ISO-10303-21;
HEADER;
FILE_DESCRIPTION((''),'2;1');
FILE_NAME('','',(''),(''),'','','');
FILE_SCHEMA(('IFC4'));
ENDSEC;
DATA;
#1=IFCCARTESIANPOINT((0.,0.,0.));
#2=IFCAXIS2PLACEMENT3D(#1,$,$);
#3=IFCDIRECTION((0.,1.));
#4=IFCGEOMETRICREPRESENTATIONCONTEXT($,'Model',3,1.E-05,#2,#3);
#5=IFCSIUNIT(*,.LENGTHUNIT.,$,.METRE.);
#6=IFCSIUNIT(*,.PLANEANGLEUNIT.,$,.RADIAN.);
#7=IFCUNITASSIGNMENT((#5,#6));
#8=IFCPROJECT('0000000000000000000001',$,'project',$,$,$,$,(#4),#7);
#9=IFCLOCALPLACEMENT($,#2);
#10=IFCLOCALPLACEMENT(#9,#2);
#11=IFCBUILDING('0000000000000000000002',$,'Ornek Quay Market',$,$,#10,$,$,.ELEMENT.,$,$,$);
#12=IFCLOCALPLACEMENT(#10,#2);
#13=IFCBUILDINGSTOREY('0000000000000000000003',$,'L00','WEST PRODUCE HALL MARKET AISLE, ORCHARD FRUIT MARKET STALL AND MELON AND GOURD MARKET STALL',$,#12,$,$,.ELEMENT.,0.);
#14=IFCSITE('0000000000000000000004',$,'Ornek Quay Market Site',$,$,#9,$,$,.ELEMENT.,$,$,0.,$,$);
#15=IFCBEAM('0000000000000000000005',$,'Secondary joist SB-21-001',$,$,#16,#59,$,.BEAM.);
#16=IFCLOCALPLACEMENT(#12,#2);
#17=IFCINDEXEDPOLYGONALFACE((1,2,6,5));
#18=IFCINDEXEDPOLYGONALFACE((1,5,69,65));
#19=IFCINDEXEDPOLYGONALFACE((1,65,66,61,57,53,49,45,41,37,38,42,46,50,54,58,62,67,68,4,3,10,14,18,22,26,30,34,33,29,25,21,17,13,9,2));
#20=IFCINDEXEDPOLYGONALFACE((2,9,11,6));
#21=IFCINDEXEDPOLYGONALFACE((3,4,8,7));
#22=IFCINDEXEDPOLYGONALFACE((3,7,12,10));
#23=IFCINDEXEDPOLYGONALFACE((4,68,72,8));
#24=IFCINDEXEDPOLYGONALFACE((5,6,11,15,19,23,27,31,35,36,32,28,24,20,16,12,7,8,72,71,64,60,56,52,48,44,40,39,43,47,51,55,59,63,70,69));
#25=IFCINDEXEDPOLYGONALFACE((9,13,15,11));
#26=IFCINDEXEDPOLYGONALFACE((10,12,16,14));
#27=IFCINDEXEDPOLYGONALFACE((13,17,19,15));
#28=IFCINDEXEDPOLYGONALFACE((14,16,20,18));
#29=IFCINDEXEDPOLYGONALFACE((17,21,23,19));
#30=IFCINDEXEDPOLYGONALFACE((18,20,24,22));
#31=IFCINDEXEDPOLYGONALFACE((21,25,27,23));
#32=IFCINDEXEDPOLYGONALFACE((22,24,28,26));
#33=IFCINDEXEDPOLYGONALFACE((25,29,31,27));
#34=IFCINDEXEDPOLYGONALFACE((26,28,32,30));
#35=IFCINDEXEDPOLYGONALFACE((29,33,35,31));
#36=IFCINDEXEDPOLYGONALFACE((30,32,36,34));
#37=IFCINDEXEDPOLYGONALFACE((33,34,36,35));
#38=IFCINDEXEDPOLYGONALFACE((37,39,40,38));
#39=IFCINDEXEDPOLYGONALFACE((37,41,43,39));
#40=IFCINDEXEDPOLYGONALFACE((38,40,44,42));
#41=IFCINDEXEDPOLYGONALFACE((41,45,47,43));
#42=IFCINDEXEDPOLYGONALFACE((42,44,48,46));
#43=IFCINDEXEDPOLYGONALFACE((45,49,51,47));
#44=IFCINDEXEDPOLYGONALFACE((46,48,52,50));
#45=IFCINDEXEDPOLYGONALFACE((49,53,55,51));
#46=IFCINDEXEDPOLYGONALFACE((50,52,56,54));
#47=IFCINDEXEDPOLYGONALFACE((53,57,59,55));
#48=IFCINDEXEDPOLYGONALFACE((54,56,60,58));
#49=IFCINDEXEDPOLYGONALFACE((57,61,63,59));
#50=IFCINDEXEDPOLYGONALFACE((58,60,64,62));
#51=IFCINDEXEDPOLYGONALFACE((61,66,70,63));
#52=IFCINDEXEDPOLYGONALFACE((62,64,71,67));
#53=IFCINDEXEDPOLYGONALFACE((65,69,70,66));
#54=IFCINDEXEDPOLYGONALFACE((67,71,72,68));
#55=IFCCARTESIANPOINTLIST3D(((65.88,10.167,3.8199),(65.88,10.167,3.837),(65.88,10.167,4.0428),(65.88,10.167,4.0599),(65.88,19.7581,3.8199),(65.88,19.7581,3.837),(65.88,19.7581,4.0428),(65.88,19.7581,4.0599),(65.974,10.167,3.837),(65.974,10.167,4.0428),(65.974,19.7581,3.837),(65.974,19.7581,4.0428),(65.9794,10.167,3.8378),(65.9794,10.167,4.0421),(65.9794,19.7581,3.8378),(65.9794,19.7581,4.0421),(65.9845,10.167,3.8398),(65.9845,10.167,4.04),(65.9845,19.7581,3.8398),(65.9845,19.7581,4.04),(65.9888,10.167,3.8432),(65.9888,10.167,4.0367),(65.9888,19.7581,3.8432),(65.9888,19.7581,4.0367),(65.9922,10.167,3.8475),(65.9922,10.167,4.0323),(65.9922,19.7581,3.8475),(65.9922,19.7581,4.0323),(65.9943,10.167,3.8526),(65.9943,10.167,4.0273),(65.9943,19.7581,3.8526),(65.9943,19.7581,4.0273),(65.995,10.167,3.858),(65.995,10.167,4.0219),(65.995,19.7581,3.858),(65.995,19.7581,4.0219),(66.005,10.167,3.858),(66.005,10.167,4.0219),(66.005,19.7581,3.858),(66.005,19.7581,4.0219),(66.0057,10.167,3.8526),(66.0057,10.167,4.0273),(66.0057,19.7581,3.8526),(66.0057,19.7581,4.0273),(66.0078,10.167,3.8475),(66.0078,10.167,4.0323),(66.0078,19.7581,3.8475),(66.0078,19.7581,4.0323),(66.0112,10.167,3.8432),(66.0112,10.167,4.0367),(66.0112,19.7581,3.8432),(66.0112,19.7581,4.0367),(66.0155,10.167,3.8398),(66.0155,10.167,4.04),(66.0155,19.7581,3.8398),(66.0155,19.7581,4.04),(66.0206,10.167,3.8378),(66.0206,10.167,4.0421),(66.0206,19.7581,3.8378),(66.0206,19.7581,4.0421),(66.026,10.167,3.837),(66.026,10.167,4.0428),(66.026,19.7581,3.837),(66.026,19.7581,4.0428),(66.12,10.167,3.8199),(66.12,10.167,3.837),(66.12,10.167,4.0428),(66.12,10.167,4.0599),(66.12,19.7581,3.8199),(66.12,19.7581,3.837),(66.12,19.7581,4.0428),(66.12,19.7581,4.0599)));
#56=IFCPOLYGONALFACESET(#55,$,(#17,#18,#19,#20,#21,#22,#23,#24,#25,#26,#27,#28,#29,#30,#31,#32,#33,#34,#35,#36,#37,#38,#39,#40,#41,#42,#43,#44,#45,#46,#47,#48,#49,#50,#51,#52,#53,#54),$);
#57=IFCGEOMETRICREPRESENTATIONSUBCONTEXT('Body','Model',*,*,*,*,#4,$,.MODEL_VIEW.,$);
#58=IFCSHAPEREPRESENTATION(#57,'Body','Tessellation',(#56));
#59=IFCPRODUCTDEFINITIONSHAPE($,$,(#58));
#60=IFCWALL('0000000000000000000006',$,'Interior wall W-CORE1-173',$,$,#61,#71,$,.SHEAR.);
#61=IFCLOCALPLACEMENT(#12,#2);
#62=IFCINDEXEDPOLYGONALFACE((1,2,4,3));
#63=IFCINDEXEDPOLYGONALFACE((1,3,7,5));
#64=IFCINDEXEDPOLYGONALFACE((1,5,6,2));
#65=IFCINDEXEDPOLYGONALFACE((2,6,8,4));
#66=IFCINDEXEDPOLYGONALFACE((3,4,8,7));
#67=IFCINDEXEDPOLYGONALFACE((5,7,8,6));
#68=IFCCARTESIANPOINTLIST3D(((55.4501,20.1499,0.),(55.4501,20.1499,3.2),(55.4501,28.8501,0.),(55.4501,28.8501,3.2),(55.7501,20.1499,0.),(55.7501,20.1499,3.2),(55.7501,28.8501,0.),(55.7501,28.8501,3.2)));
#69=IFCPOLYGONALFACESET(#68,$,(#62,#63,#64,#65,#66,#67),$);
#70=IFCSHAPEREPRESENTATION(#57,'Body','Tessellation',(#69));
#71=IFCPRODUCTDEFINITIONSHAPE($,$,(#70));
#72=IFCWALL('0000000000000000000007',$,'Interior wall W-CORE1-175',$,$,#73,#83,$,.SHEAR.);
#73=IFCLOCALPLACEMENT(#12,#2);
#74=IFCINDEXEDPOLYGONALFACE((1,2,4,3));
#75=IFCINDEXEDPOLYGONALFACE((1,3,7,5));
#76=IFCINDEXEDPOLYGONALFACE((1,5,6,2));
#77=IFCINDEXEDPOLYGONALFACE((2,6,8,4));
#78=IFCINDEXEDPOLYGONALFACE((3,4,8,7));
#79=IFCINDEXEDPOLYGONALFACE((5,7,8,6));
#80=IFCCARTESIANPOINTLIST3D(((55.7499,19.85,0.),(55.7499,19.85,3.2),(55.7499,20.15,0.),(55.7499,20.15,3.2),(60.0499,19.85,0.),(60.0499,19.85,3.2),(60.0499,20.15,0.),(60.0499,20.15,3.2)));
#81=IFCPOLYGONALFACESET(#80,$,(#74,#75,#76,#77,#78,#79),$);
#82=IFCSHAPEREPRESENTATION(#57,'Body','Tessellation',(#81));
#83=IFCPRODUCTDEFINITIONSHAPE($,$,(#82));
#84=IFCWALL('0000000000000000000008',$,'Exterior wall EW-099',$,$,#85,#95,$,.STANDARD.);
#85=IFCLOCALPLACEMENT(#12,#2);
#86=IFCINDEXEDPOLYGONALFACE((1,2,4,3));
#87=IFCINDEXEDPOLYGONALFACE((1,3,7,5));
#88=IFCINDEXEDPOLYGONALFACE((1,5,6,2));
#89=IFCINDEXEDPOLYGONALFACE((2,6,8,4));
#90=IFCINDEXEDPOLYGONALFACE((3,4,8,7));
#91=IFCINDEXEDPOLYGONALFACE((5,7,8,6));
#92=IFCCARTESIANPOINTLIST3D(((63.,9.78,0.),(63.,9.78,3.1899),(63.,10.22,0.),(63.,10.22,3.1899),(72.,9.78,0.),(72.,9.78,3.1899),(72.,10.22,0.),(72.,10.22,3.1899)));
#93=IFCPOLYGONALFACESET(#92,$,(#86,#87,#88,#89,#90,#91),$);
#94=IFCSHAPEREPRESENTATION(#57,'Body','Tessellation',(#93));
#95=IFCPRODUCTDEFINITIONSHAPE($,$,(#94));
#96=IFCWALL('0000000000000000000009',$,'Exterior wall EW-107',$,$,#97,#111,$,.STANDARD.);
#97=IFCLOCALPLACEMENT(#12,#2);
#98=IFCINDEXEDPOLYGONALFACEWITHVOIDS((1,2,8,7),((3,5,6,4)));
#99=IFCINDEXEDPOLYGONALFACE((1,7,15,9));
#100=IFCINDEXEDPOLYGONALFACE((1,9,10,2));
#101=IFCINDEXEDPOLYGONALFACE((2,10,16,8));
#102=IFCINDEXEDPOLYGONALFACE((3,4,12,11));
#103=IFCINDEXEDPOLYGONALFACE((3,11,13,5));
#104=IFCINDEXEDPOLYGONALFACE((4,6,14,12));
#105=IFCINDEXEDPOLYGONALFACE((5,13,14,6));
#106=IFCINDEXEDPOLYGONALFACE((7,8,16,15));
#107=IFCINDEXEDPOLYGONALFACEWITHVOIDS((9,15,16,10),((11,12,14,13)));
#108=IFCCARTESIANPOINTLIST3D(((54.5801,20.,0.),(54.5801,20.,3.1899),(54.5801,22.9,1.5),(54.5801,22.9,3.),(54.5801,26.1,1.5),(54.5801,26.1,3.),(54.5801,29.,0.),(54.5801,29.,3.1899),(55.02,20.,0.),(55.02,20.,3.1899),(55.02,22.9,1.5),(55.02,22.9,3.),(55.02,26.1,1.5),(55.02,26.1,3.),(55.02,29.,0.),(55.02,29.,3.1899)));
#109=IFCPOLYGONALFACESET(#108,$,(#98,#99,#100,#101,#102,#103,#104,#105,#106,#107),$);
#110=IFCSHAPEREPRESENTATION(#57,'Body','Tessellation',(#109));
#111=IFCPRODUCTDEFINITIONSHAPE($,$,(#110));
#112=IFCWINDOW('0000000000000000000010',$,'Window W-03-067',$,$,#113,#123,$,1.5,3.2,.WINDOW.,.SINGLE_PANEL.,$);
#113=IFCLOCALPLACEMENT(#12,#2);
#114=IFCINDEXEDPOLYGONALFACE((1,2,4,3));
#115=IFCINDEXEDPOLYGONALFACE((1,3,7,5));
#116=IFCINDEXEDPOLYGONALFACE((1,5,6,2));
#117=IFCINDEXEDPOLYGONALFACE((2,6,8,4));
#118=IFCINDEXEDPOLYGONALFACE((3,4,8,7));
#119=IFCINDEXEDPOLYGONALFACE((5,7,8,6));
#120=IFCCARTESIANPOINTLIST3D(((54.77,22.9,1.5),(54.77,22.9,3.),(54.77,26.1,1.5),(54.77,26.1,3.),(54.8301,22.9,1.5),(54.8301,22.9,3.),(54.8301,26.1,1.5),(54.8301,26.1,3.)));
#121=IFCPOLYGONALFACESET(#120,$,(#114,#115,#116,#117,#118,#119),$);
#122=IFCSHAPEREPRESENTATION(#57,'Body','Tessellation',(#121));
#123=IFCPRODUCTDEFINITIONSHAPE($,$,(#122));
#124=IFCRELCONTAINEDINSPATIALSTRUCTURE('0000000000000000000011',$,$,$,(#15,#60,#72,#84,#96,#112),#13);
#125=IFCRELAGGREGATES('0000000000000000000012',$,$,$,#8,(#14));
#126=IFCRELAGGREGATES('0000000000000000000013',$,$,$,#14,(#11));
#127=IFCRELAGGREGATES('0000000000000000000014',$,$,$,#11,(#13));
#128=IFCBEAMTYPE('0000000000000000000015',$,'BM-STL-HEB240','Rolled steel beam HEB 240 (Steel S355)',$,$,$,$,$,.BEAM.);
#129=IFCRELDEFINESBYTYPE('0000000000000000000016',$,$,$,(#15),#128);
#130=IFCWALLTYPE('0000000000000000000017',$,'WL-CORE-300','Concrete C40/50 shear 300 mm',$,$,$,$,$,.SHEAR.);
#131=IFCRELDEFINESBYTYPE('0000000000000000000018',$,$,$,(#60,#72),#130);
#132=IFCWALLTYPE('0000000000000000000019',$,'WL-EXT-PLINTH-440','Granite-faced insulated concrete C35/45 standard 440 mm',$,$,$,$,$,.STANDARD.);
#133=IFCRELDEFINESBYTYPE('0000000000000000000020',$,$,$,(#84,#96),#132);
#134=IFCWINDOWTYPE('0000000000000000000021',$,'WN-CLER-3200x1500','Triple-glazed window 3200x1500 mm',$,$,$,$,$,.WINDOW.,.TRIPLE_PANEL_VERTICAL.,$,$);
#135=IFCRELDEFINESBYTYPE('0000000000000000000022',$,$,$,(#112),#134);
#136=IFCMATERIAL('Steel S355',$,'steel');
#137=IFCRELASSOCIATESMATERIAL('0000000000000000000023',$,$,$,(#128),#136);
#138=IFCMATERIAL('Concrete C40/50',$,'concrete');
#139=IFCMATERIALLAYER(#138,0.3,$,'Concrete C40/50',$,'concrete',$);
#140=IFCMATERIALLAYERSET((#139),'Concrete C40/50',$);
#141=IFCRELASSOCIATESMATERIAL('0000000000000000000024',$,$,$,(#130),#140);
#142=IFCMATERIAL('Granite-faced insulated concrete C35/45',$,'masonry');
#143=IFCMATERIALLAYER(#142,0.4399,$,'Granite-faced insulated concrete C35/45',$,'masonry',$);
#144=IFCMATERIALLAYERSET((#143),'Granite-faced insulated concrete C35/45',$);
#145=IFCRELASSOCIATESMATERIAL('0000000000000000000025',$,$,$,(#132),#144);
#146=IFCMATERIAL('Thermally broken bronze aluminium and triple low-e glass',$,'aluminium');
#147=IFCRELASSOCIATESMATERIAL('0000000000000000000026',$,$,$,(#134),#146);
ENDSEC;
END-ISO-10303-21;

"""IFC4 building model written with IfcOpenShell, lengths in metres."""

from ifc_helpers import new_model, si_unit, direction, frame, frame_2d, origin, origin_2d, place, context, subcontext, project, spatial, rectangle, i_section, extrude, material, layer, layer_set, material_profile, profile_set, type_object, element, fill, save


model = new_model("IFC4")

# Units and contexts
model_context = context("Model", 3, precision=1e-05, world=origin(), true_north=direction((0.0, 1.0)))
body_context = subcontext(model_context, "Body", "Model", "MODEL_VIEW")
ifc_project = project(units=[si_unit("LENGTHUNIT", "METRE"), si_unit("PLANEANGLEUNIT", "RADIAN")], contexts=[model_context])

# Site, building, storey
site_placement = place(None, origin())
site = spatial("IfcSite", under=ifc_project, at=site_placement, Name="Ornek Quay Market Site", CompositionType="ELEMENT", RefElevation=0.0)
building_placement = place(site_placement, origin())
building = spatial("IfcBuilding", under=site, at=building_placement, Name="Ornek Quay Market", CompositionType="ELEMENT")
storey_placement = place(building_placement, origin())
storey = spatial("IfcBuildingStorey", under=building, at=storey_placement, Name="L00", Description="WEST PRODUCE HALL MARKET AISLE, ORCHARD FRUIT MARKET STALL AND MELON AND GOURD MARKET STALL", CompositionType="ELEMENT", Elevation=0.0)

# Shared definitions
ifc_material_1 = material(Name="Concrete C40/50", Category="concrete")

# Beam
ifc_material_2 = material(Name="Steel S355", Category="steel")
ifc_material_profile_1 = material_profile(ifc_material_2, i_section(OverallWidth=0.24, OverallDepth=0.24, WebThickness=0.01, FlangeThickness=0.0171, FilletRadius=0.021, at=origin_2d()), Name="HEB 240", Category="steel")
ifc_profile_set_1 = profile_set([ifc_material_profile_1], Name="Steel S355")
beam_type_1 = type_object("IfcBeamType", Name="BM-STL-HEB240", Description="Rolled steel beam HEB 240 (Steel S355)", PredefinedType="BEAM", material=ifc_profile_set_1)
beam_1_placement = place(storey_placement, frame((66.0, 10.167, 3.9399), z_axis=(0.0, 1.0, 0.0), x_axis=(-1.0, 0.0, 0.0)))
element("IfcBeam", 1, at=beam_1_placement, inside=storey, type_object=beam_type_1, Name="Secondary joist SB-21-001", PredefinedType="BEAM", context=body_context, shape_type="SweptSolid", body=[
    extrude(i_section(OverallWidth=0.24, OverallDepth=0.24, WebThickness=0.01, FlangeThickness=0.0171, FilletRadius=0.021, at=origin_2d()), origin(), (0.0, 0.0, 1.0), 9.5911),
])

# Wall
ifc_layer_1 = layer(ifc_material_1, 0.3, Name="Concrete C40/50", Category="concrete")
ifc_layer_set_1 = layer_set([ifc_layer_1], Name="Concrete C40/50")
wall_type_1 = type_object("IfcWallType", Name="WL-CORE-300", Description="Concrete C40/50 shear 300 mm", PredefinedType="SHEAR", material=ifc_layer_set_1)
wall_1_placement = place(storey_placement, frame((55.6001, 20.1499, 0.0), z_axis=(0.0, 0.0, 1.0), x_axis=(0.0, 1.0, 0.0)))
element("IfcWall", 2, at=wall_1_placement, inside=storey, type_object=wall_type_1, Name="Interior wall W-CORE1-173", PredefinedType="SHEAR", context=body_context, shape_type="SweptSolid", body=[
    extrude(rectangle(XDim=8.7002, YDim=0.3, at=frame_2d((4.3501, 0.0))), origin(), (0.0, 0.0, 1.0), 3.2),
])

# Walls
wall_2_placement = place(storey_placement, frame((55.75, 20.0, 0.0), z_axis=(0.0, 0.0, 1.0), x_axis=(1.0, 0.0, 0.0)))
element("IfcWall", 3, at=wall_2_placement, inside=storey, type_object=wall_type_1, Name="Interior wall W-CORE1-175", PredefinedType="SHEAR", context=body_context, shape_type="SweptSolid", body=[
    extrude(rectangle(XDim=4.3, YDim=0.3, at=frame_2d((2.1499, 0.0))), origin(), (0.0, 0.0, 1.0), 3.2),
])
ifc_material_3 = material(Name="Granite-faced insulated concrete C35/45", Category="masonry")
ifc_layer_2 = layer(ifc_material_3, 0.4399, Name="Granite-faced insulated concrete C35/45", Category="masonry")
ifc_layer_set_2 = layer_set([ifc_layer_2], Name="Granite-faced insulated concrete C35/45")
wall_type_2 = type_object("IfcWallType", Name="WL-EXT-PLINTH-440", Description="Granite-faced insulated concrete C35/45 standard 440 mm", PredefinedType="STANDARD", material=ifc_layer_set_2)
wall_3_placement = place(storey_placement, frame((63.0, 10.0, 0.0), z_axis=(0.0, 0.0, 1.0), x_axis=(1.0, 0.0, 0.0)))
element("IfcWall", 4, at=wall_3_placement, inside=storey, type_object=wall_type_2, Name="Exterior wall EW-099", PredefinedType="STANDARD", context=body_context, shape_type="SweptSolid", body=[
    extrude(rectangle(XDim=9.0, YDim=0.4399, at=frame_2d((4.5, 0.0))), origin(), (0.0, 0.0, 1.0), 3.1899),
])

# Wall, opening, window
wall_4_placement = place(storey_placement, frame((54.8, 20.0, 0.0), z_axis=(0.0, 0.0, 1.0), x_axis=(0.0, 1.0, 0.0)))
wall_4 = element("IfcWall", 5, at=wall_4_placement, inside=storey, type_object=wall_type_2, Name="Exterior wall EW-107", PredefinedType="STANDARD", context=body_context, shape_type="SweptSolid", body=[
    extrude(rectangle(XDim=9.0, YDim=0.4399, at=frame_2d((4.5, 0.0))), origin(), (0.0, 0.0, 1.0), 3.1899),
])
opening_1_placement = place(wall_4_placement, frame((2.8999, 0.0, 1.5)))
opening_1 = element("IfcOpeningElement", 6, at=opening_1_placement, cuts=wall_4, PredefinedType="OPENING", context=body_context, shape_type="SweptSolid", body=[
    extrude(rectangle(XDim=3.2, YDim=1.5, at=frame_2d((1.6001, 0.75))), frame((0.0, 0.23, 0.0), z_axis=(0.0, -1.0, 0.0), x_axis=(1.0, 0.0, 0.0)), (0.0, 0.0, 1.0), 0.46),
])
ifc_material_4 = material(Name="Thermally broken bronze aluminium and triple low-e glass", Category="aluminium")
window_type = type_object("IfcWindowType", Name="WN-CLER-3200x1500", Description="Triple-glazed window 3200x1500 mm", PartitioningType="TRIPLE_PANEL_VERTICAL", PredefinedType="WINDOW", material=ifc_material_4)
window_placement = place(opening_1_placement, origin())
window = element("IfcWindow", 7, at=window_placement, inside=storey, type_object=window_type, Name="Window W-03-067", OverallHeight=1.5, OverallWidth=3.2, PartitioningType="SINGLE_PANEL", PredefinedType="WINDOW", context=body_context, shape_type="SweptSolid", body=[
    extrude(rectangle(XDim=3.2, YDim=1.5, at=frame_2d((1.6001, 0.75))), frame((0.0, 0.03, 0.0), z_axis=(0.0, -1.0, 0.0), x_axis=(1.0, 0.0, 0.0)), (0.0, 0.0, 1.0), 0.0601),
])
fill(opening_1, window)

save(model, "model.ifc")
